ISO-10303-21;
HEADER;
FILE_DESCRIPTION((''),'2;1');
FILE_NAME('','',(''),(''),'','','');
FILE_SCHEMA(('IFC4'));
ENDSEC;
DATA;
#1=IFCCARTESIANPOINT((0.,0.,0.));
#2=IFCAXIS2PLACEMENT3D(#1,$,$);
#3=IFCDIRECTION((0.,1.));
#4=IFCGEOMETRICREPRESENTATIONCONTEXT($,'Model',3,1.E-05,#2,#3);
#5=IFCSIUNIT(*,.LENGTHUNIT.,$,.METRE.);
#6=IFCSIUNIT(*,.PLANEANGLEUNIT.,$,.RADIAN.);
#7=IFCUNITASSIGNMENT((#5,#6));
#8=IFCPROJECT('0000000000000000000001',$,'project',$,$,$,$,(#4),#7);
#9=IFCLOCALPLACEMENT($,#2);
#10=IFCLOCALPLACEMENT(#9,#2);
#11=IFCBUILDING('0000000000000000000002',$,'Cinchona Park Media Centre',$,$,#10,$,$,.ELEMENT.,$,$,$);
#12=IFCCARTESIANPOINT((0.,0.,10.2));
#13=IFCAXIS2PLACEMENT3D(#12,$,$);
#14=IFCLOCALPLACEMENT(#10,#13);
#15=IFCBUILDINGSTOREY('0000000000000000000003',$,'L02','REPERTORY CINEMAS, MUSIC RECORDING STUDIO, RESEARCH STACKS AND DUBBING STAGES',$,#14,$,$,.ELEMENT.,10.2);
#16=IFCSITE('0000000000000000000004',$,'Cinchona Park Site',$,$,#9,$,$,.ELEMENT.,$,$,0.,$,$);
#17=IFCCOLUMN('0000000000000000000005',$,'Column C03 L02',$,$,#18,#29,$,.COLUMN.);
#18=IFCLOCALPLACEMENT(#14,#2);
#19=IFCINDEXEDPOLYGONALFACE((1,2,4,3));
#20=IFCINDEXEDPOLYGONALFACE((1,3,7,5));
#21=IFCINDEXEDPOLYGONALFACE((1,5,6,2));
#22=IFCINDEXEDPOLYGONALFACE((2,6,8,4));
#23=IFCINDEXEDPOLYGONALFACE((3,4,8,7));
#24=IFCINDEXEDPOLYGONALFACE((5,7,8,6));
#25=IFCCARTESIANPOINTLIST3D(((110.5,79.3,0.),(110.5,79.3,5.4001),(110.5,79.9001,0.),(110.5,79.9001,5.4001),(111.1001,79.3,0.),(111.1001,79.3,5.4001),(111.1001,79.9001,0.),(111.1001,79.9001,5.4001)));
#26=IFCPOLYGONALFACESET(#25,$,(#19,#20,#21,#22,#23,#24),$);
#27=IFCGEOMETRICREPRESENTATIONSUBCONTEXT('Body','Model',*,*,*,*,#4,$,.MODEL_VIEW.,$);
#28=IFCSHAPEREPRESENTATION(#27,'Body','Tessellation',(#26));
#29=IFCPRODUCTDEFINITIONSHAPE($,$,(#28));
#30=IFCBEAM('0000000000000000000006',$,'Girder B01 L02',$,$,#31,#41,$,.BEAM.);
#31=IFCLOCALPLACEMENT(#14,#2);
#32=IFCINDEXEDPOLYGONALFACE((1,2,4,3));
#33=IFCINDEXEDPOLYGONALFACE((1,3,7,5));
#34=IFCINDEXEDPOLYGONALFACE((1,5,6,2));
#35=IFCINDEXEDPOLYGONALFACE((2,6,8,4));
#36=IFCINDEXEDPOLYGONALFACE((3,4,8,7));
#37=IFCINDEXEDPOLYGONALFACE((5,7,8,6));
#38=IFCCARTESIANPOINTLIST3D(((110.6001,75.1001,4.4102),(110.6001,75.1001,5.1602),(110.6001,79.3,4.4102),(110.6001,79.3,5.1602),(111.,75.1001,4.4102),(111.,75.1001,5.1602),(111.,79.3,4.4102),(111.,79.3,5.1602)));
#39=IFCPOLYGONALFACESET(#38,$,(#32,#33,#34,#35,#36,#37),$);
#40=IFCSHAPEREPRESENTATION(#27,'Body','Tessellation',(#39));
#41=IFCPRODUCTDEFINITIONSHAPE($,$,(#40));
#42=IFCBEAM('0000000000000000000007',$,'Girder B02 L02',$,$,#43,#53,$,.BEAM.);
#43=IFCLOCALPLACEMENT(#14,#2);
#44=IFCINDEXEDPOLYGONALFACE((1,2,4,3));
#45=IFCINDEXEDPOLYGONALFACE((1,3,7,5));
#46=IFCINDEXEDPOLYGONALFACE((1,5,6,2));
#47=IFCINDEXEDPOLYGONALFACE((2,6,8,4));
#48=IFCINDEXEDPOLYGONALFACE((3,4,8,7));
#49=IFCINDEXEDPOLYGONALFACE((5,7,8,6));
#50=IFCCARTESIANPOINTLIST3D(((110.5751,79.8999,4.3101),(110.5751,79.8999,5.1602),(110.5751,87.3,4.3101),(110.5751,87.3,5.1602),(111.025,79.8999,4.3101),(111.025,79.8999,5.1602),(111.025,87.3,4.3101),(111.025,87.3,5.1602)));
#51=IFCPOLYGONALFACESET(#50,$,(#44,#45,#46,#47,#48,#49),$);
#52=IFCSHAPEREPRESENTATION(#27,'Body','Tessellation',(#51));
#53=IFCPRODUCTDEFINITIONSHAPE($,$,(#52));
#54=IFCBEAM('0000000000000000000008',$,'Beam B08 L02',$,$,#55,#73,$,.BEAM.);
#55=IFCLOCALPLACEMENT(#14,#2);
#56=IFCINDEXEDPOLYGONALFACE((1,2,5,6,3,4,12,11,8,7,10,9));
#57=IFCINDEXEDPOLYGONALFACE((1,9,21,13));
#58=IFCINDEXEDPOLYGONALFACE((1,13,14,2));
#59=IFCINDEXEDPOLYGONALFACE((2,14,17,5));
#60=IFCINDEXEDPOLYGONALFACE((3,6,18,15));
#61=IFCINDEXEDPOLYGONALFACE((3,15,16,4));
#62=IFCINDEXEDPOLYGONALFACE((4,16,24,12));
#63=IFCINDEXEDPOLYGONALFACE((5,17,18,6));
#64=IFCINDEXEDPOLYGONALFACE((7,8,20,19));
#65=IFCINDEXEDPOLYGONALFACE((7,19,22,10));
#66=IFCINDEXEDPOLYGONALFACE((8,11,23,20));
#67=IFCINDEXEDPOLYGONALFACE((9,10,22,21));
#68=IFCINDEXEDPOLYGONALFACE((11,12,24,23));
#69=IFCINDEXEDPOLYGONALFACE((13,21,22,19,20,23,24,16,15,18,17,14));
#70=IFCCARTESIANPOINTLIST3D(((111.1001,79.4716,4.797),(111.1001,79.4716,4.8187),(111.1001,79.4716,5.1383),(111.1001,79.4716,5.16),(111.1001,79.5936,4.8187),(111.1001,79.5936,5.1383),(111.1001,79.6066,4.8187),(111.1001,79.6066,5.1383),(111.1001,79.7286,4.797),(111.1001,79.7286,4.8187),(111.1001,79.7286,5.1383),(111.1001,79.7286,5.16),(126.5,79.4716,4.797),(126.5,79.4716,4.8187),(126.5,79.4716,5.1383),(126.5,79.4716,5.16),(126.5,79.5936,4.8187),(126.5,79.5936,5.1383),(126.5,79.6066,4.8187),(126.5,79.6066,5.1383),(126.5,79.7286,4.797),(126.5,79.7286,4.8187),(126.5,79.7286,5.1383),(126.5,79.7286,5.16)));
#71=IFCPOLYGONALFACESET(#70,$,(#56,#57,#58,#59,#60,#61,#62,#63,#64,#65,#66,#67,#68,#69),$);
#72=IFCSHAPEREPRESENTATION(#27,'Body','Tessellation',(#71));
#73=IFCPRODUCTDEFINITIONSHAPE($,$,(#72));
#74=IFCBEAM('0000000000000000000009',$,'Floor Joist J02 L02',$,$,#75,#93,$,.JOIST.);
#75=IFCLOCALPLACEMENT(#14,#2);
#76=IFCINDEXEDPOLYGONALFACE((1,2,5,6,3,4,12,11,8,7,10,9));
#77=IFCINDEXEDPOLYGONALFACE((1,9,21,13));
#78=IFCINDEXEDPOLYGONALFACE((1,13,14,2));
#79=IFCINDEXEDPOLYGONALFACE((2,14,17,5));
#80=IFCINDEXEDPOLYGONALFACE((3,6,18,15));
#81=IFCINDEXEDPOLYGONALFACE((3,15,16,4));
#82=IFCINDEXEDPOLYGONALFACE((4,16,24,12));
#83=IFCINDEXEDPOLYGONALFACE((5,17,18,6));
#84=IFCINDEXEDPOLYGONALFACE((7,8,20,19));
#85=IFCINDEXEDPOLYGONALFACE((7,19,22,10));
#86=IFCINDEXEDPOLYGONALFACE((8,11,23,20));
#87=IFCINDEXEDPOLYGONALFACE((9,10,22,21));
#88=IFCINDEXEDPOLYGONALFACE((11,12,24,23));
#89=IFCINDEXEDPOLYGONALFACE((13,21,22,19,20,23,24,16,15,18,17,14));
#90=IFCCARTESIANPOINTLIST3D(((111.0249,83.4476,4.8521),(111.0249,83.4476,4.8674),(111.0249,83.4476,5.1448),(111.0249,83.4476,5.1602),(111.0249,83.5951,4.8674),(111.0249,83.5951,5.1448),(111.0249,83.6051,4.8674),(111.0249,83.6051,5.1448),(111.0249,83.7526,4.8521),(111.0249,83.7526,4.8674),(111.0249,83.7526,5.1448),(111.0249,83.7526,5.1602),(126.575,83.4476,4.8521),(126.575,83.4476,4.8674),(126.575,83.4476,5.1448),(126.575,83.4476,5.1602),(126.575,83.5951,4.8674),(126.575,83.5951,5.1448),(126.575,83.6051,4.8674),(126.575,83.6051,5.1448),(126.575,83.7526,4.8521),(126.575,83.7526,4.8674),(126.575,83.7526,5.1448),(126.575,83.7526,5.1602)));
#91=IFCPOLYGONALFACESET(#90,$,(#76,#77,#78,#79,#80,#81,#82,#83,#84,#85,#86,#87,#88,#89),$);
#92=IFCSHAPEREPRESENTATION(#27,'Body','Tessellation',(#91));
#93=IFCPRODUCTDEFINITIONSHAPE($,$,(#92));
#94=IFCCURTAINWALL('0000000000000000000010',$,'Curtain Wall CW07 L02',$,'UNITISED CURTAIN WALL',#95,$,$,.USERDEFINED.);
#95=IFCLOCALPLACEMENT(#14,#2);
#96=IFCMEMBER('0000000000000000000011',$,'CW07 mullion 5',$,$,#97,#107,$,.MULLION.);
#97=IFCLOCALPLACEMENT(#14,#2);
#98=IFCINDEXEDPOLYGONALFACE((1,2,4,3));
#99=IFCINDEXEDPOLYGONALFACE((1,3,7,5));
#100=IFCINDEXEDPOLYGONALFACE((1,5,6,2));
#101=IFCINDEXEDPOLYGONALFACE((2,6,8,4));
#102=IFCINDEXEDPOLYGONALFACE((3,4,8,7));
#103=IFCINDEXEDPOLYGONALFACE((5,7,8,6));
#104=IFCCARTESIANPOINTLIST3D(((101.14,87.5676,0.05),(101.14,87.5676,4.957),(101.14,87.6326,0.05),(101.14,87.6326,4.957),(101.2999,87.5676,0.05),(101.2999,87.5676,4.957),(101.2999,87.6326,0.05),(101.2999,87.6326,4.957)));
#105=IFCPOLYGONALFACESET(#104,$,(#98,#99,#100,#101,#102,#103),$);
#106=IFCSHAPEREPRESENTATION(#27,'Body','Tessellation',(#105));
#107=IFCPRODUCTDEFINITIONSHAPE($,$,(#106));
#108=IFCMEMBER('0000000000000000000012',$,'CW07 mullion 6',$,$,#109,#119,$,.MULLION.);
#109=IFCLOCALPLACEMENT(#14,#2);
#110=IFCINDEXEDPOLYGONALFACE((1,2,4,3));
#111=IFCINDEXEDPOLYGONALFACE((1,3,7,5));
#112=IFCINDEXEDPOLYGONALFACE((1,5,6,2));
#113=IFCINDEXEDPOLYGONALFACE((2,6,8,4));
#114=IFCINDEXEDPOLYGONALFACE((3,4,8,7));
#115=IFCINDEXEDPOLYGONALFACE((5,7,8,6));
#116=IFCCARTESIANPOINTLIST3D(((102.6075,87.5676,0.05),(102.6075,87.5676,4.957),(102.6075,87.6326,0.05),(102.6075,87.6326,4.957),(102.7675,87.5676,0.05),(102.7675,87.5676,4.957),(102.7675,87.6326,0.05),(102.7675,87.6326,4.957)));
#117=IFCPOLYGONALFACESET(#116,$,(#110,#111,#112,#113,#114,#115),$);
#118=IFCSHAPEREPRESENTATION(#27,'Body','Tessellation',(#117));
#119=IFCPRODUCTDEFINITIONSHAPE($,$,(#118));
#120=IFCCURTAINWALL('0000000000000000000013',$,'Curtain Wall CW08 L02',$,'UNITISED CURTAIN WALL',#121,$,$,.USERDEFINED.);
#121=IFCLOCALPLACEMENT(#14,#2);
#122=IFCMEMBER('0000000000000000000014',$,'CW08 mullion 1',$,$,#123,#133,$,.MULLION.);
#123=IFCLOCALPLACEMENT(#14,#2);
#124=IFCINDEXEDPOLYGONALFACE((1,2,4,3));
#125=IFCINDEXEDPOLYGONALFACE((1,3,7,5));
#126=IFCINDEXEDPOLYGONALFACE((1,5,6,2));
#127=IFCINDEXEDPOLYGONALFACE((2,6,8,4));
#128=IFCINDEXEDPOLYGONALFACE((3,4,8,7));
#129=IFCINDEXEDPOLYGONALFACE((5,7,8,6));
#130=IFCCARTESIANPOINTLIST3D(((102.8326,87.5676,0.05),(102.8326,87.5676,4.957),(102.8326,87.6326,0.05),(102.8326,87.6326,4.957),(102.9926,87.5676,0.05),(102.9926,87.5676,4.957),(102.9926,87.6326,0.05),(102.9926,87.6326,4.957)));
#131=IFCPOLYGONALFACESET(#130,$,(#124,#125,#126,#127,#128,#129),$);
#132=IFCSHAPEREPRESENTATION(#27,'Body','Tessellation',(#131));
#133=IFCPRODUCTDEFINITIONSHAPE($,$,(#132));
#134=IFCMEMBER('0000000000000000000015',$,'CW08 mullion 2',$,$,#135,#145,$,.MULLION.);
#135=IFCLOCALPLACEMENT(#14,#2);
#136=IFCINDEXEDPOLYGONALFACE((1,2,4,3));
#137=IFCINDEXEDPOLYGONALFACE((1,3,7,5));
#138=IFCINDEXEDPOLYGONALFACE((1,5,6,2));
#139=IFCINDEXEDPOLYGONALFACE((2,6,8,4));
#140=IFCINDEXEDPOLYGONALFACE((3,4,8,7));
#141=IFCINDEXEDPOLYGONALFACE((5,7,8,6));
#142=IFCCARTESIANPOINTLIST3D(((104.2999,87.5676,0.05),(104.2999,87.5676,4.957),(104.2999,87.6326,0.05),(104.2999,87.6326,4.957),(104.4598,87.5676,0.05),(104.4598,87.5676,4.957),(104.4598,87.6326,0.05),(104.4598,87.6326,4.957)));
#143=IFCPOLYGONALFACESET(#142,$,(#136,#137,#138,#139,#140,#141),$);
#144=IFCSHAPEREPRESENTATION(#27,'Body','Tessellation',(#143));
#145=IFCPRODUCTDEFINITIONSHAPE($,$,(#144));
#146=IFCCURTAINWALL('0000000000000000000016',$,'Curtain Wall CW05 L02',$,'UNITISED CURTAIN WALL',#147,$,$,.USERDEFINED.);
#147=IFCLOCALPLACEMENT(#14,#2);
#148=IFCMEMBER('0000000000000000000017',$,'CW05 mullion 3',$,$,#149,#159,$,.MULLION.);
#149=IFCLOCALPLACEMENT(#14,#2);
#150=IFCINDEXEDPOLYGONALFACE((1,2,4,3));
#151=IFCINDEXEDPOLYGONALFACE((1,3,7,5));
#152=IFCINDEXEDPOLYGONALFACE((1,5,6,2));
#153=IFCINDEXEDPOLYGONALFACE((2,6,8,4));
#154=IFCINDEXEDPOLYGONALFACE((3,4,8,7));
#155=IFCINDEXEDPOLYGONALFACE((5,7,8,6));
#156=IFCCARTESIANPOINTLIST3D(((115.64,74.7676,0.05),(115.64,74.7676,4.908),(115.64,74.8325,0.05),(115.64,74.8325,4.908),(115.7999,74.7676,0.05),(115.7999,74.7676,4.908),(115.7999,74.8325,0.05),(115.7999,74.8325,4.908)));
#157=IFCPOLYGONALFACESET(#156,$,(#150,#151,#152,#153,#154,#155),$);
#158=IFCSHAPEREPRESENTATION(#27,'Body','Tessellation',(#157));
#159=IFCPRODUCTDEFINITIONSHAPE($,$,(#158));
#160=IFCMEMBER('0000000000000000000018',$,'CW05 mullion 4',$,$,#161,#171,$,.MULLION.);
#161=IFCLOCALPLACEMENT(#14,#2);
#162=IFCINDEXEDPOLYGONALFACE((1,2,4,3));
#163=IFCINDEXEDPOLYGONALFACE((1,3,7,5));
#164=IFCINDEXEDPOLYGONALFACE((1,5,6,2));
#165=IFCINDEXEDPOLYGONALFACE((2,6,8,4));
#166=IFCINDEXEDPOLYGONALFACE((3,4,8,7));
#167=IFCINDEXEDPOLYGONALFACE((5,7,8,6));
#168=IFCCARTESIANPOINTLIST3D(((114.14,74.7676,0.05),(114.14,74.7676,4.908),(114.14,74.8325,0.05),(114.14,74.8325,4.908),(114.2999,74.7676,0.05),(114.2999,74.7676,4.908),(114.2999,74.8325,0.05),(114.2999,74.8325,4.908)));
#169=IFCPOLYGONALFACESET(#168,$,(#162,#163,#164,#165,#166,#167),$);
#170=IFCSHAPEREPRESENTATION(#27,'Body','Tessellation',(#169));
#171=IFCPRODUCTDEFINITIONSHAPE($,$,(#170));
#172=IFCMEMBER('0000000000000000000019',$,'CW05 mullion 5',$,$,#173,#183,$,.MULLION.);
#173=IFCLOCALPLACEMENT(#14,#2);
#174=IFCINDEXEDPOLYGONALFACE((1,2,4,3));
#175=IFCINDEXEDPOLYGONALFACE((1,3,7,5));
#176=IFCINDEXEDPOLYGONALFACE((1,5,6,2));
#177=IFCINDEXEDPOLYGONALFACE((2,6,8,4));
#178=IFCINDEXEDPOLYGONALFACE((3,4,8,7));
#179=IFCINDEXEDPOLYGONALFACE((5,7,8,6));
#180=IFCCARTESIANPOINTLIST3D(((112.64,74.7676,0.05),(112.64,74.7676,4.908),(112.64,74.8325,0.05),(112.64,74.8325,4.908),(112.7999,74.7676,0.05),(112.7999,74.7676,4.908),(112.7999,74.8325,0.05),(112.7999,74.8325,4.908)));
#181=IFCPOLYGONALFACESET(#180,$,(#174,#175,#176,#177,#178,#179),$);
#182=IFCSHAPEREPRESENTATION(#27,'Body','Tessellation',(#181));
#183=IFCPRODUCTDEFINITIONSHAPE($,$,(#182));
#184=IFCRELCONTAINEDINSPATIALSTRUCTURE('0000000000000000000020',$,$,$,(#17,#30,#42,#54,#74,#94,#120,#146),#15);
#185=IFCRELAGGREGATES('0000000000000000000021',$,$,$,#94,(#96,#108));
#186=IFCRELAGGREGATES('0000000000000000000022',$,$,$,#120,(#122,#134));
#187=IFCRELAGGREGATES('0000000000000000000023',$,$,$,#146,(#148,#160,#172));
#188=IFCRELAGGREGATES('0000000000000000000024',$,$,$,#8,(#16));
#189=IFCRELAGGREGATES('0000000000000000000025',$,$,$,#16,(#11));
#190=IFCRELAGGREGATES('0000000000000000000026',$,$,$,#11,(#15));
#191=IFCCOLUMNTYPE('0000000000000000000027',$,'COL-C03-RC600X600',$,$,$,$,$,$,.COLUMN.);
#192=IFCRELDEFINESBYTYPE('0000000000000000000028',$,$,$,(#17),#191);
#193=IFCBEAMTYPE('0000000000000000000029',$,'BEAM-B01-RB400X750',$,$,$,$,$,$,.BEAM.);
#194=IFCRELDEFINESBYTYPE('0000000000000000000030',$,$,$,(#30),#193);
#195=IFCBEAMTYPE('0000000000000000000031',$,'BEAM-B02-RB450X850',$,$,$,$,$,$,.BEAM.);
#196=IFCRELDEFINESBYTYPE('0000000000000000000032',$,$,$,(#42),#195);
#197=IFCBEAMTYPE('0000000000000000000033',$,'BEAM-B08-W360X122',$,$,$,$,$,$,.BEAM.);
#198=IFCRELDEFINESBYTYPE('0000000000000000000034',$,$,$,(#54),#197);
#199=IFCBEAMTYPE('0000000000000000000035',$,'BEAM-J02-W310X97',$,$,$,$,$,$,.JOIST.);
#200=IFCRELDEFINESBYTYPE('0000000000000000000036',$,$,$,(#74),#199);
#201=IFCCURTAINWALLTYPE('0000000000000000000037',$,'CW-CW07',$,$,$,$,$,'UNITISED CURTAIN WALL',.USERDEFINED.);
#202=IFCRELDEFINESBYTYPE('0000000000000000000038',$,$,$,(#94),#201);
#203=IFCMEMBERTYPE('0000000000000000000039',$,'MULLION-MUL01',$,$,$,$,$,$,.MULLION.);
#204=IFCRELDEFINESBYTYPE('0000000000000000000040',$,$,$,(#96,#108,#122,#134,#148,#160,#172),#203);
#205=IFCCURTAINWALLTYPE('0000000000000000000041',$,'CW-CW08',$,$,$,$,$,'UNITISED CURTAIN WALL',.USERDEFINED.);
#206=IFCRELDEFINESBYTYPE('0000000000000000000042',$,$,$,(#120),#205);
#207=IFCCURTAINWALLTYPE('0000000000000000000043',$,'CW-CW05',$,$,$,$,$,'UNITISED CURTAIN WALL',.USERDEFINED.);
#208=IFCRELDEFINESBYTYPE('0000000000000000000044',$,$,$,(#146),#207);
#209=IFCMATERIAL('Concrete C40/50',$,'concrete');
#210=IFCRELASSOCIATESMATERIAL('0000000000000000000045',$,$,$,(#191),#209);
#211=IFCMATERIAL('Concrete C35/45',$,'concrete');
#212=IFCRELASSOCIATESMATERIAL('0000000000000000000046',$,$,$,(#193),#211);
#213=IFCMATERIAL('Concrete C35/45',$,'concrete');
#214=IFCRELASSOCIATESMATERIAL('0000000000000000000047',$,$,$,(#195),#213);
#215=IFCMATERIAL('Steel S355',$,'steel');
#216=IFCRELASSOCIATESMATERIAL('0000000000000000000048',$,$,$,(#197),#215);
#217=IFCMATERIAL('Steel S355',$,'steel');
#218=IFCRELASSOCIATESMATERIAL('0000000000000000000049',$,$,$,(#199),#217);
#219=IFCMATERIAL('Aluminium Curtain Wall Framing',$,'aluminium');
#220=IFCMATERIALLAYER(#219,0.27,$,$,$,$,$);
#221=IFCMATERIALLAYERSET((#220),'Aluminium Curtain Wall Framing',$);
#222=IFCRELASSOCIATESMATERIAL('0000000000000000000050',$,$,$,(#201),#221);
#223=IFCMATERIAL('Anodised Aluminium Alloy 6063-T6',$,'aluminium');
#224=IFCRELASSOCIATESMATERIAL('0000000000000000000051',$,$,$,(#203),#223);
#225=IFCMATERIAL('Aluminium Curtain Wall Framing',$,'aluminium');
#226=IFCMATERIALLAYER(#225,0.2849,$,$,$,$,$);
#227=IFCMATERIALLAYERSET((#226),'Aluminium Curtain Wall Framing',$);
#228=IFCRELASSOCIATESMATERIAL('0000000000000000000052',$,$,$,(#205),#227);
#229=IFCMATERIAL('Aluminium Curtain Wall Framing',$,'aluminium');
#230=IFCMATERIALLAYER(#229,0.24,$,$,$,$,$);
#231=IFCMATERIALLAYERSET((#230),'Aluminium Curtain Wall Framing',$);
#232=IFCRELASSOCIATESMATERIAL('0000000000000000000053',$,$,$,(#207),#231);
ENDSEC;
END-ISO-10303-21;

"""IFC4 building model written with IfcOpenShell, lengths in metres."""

from ifc_helpers import new_model, si_unit, direction, frame, origin, origin_2d, place, context, subcontext, project, spatial, rectangle, i_section, extrude, material, layer, layer_set, material_profile, profile_set, type_object, element, aggregate, save


model = new_model("IFC4")

# Units and contexts
model_context = context("Model", 3, precision=1e-05, world=origin(), true_north=direction((0.0, 1.0)))
body_context = subcontext(model_context, "Body", "Model", "MODEL_VIEW")
ifc_project = project(units=[si_unit("LENGTHUNIT", "METRE"), si_unit("PLANEANGLEUNIT", "RADIAN")], contexts=[model_context])

# Site, building, storey
site_placement = place(None, origin())
site = spatial("IfcSite", under=ifc_project, at=site_placement, Name="Cinchona Park Site", CompositionType="ELEMENT", RefElevation=0.0)
building_placement = place(site_placement, origin())
building = spatial("IfcBuilding", under=site, at=building_placement, Name="Cinchona Park Media Centre", CompositionType="ELEMENT")
storey_placement = place(building_placement, frame((0.0, 0.0, 10.2)))
storey = spatial("IfcBuildingStorey", under=building, at=storey_placement, Name="L02", Description="REPERTORY CINEMAS, MUSIC RECORDING STUDIO, RESEARCH STACKS AND DUBBING STAGES", CompositionType="ELEMENT", Elevation=10.2)

# Column
ifc_material_1 = material(Name="Concrete C40/50", Category="concrete")
ifc_material_profile_1 = material_profile(ifc_material_1, rectangle(XDim=0.6001, YDim=0.6001, at=origin_2d()), Name="RC 600X600")
ifc_profile_set_1 = profile_set([ifc_material_profile_1], Name="Concrete C40/50")
column_type = type_object("IfcColumnType", Name="COL-C03-RC600X600", PredefinedType="COLUMN", material=ifc_profile_set_1)
column_placement = place(storey_placement, frame((110.8, 79.6001, 0.0), z_axis=(0.0, 0.0, 1.0), x_axis=(1.0, 0.0, 0.0)))
element("IfcColumn", 1, at=column_placement, inside=storey, type_object=column_type, Name="Column C03 L02", PredefinedType="COLUMN", context=body_context, shape_type="SweptSolid", body=[
    extrude(rectangle(XDim=0.6001, YDim=0.6001, at=origin_2d()), origin(), (0.0, 0.0, 1.0), 5.4001),
])

# Beams
ifc_material_2 = material(Name="Concrete C35/45", Category="concrete")
ifc_material_profile_2 = material_profile(ifc_material_2, rectangle(XDim=0.3999, YDim=0.75, at=origin_2d()), Name="RB 400X750")
ifc_profile_set_2 = profile_set([ifc_material_profile_2], Name="Concrete C35/45")
beam_type_1 = type_object("IfcBeamType", Name="BEAM-B01-RB400X750", PredefinedType="BEAM", material=ifc_profile_set_2)
beam_1_placement = place(storey_placement, frame((110.8, 75.1001, 4.7852), z_axis=(0.0, 1.0, 0.0), x_axis=(-1.0, 0.0, 0.0)))
element("IfcBeam", 2, at=beam_1_placement, inside=storey, type_object=beam_type_1, Name="Girder B01 L02", PredefinedType="BEAM", context=body_context, shape_type="SweptSolid", body=[
    extrude(rectangle(XDim=0.3999, YDim=0.75, at=origin_2d()), origin(), (0.0, 0.0, 1.0), 4.2),
])
ifc_material_3 = material(Name="Concrete C35/45", Category="concrete")
ifc_material_profile_3 = material_profile(ifc_material_3, rectangle(XDim=0.45, YDim=0.8501, at=origin_2d()), Name="RB 450X850")
ifc_profile_set_3 = profile_set([ifc_material_profile_3], Name="Concrete C35/45")
beam_type_2 = type_object("IfcBeamType", Name="BEAM-B02-RB450X850", PredefinedType="BEAM", material=ifc_profile_set_3)
beam_2_placement = place(storey_placement, frame((110.8, 79.8999, 4.7351), z_axis=(0.0, 1.0, 0.0), x_axis=(-1.0, 0.0, 0.0)))
element("IfcBeam", 3, at=beam_2_placement, inside=storey, type_object=beam_type_2, Name="Girder B02 L02", PredefinedType="BEAM", context=body_context, shape_type="SweptSolid", body=[
    extrude(rectangle(XDim=0.45, YDim=0.8501, at=origin_2d()), origin(), (0.0, 0.0, 1.0), 7.4001),
])
ifc_material_4 = material(Name="Steel S355", Category="steel")
ifc_material_profile_4 = material_profile(ifc_material_4, i_section(OverallWidth=0.2571, OverallDepth=0.363, WebThickness=0.0129, FlangeThickness=0.0217, at=origin_2d()), Name="W360X122")
ifc_profile_set_4 = profile_set([ifc_material_profile_4], Name="Steel S355")
beam_type_3 = type_object("IfcBeamType", Name="BEAM-B08-W360X122", PredefinedType="BEAM", material=ifc_profile_set_4)
beam_3_placement = place(storey_placement, frame((111.1001, 79.6001, 4.9785), z_axis=(1.0, 0.0, 0.0), x_axis=(0.0, 1.0, 0.0)))
element("IfcBeam", 4, at=beam_3_placement, inside=storey, type_object=beam_type_3, Name="Beam B08 L02", PredefinedType="BEAM", context=body_context, shape_type="SweptSolid", body=[
    extrude(i_section(OverallWidth=0.2571, OverallDepth=0.363, WebThickness=0.0129, FlangeThickness=0.0217, at=origin_2d()), origin(), (0.0, 0.0, 1.0), 15.3999),
])
ifc_material_5 = material(Name="Steel S355", Category="steel")
ifc_material_profile_5 = material_profile(ifc_material_5, i_section(OverallWidth=0.3049, OverallDepth=0.3081, WebThickness=0.01, FlangeThickness=0.0154, at=origin_2d()), Name="W310X97")
ifc_profile_set_5 = profile_set([ifc_material_profile_5], Name="Steel S355")
beam_type_4 = type_object("IfcBeamType", Name="BEAM-J02-W310X97", PredefinedType="JOIST", material=ifc_profile_set_5)
beam_4_placement = place(storey_placement, frame((111.0249, 83.6001, 5.0061), z_axis=(1.0, 0.0, 0.0), x_axis=(0.0, 1.0, 0.0)))
element("IfcBeam", 5, at=beam_4_placement, inside=storey, type_object=beam_type_4, Name="Floor Joist J02 L02", PredefinedType="JOIST", context=body_context, shape_type="SweptSolid", body=[
    extrude(i_section(OverallWidth=0.3049, OverallDepth=0.3081, WebThickness=0.01, FlangeThickness=0.0154, at=origin_2d()), origin(), (0.0, 0.0, 1.0), 15.55),
])

# Curtain walls, members
ifc_material_6 = material(Name="Aluminium Curtain Wall Framing", Category="aluminium")
ifc_layer_1 = layer(ifc_material_6, 0.27)
ifc_layer_set_1 = layer_set([ifc_layer_1], Name="Aluminium Curtain Wall Framing")
curtain_wall_type_1 = type_object("IfcCurtainWallType", Name="CW-CW07", ElementType="UNITISED CURTAIN WALL", PredefinedType="USERDEFINED", material=ifc_layer_set_1)
curtain_wall_1_placement = place(storey_placement, origin())
curtain_wall_1 = element("IfcCurtainWall", 6, at=curtain_wall_1_placement, inside=storey, type_object=curtain_wall_type_1, Name="Curtain Wall CW07 L02", ObjectType="UNITISED CURTAIN WALL", PredefinedType="USERDEFINED")
ifc_material_7 = material(Name="Anodised Aluminium Alloy 6063-T6", Category="aluminium")
ifc_material_profile_6 = material_profile(ifc_material_7, rectangle(XDim=0.0649, YDim=0.1599, at=origin_2d()), Name="MUL-65X160")
ifc_profile_set_6 = profile_set([ifc_material_profile_6], Name="Anodised Aluminium Alloy 6063-T6")
member_type_1 = type_object("IfcMemberType", Name="MULLION-MUL01", PredefinedType="MULLION", material=ifc_profile_set_6)
member_1_placement = place(storey_placement, frame((101.22, 87.6001, 0.05), z_axis=(0.0, 0.0, 1.0), x_axis=(0.0, 1.0, 0.0)))
member_1 = element("IfcMember", 7, at=member_1_placement, type_object=member_type_1, Name="CW07 mullion 5", PredefinedType="MULLION", context=body_context, shape_type="SweptSolid", body=[
    extrude(rectangle(XDim=0.0649, YDim=0.1599, at=origin_2d()), origin(), (0.0, 0.0, 1.0), 4.907),
])
member_2_placement = place(storey_placement, frame((102.6875, 87.6001, 0.05), z_axis=(0.0, 0.0, 1.0), x_axis=(0.0, 1.0, 0.0)))
member_2 = element("IfcMember", 8, at=member_2_placement, type_object=member_type_1, Name="CW07 mullion 6", PredefinedType="MULLION", context=body_context, shape_type="SweptSolid", body=[
    extrude(rectangle(XDim=0.0649, YDim=0.1599, at=origin_2d()), origin(), (0.0, 0.0, 1.0), 4.907),
])
ifc_material_8 = material(Name="Aluminium Curtain Wall Framing", Category="aluminium")
ifc_layer_2 = layer(ifc_material_8, 0.2849)
ifc_layer_set_2 = layer_set([ifc_layer_2], Name="Aluminium Curtain Wall Framing")
curtain_wall_type_2 = type_object("IfcCurtainWallType", Name="CW-CW08", ElementType="UNITISED CURTAIN WALL", PredefinedType="USERDEFINED", material=ifc_layer_set_2)
curtain_wall_2_placement = place(storey_placement, origin())
curtain_wall_2 = element("IfcCurtainWall", 9, at=curtain_wall_2_placement, inside=storey, type_object=curtain_wall_type_2, Name="Curtain Wall CW08 L02", ObjectType="UNITISED CURTAIN WALL", PredefinedType="USERDEFINED")
member_3_placement = place(storey_placement, frame((102.9126, 87.6001, 0.05), z_axis=(0.0, 0.0, 1.0), x_axis=(0.0, 1.0, 0.0)))
member_3 = element("IfcMember", 10, at=member_3_placement, type_object=member_type_1, Name="CW08 mullion 1", PredefinedType="MULLION", context=body_context, shape_type="SweptSolid", body=[
    extrude(rectangle(XDim=0.0649, YDim=0.1599, at=origin_2d()), origin(), (0.0, 0.0, 1.0), 4.907),
])
member_4_placement = place(storey_placement, frame((104.3799, 87.6001, 0.05), z_axis=(0.0, 0.0, 1.0), x_axis=(0.0, 1.0, 0.0)))
member_4 = element("IfcMember", 11, at=member_4_placement, type_object=member_type_1, Name="CW08 mullion 2", PredefinedType="MULLION", context=body_context, shape_type="SweptSolid", body=[
    extrude(rectangle(XDim=0.0649, YDim=0.1599, at=origin_2d()), origin(), (0.0, 0.0, 1.0), 4.907),
])
ifc_material_9 = material(Name="Aluminium Curtain Wall Framing", Category="aluminium")
ifc_layer_3 = layer(ifc_material_9, 0.24)
ifc_layer_set_3 = layer_set([ifc_layer_3], Name="Aluminium Curtain Wall Framing")
curtain_wall_type_3 = type_object("IfcCurtainWallType", Name="CW-CW05", ElementType="UNITISED CURTAIN WALL", PredefinedType="USERDEFINED", material=ifc_layer_set_3)
curtain_wall_3_placement = place(storey_placement, origin())
curtain_wall_3 = element("IfcCurtainWall", 12, at=curtain_wall_3_placement, inside=storey, type_object=curtain_wall_type_3, Name="Curtain Wall CW05 L02", ObjectType="UNITISED CURTAIN WALL", PredefinedType="USERDEFINED")
member_5_placement = place(storey_placement, frame((115.72, 74.8, 0.05), z_axis=(0.0, 0.0, 1.0), x_axis=(0.0, -1.0, 0.0)))
member_5 = element("IfcMember", 13, at=member_5_placement, type_object=member_type_1, Name="CW05 mullion 3", PredefinedType="MULLION", context=body_context, shape_type="SweptSolid", body=[
    extrude(rectangle(XDim=0.0649, YDim=0.1599, at=origin_2d()), origin(), (0.0, 0.0, 1.0), 4.8579),
])
member_6_placement = place(storey_placement, frame((114.22, 74.8, 0.05), z_axis=(0.0, 0.0, 1.0), x_axis=(0.0, -1.0, 0.0)))
member_6 = element("IfcMember", 14, at=member_6_placement, type_object=member_type_1, Name="CW05 mullion 4", PredefinedType="MULLION", context=body_context, shape_type="SweptSolid", body=[
    extrude(rectangle(XDim=0.0649, YDim=0.1599, at=origin_2d()), origin(), (0.0, 0.0, 1.0), 4.8579),
])
member_7_placement = place(storey_placement, frame((112.72, 74.8, 0.05), z_axis=(0.0, 0.0, 1.0), x_axis=(0.0, -1.0, 0.0)))
member_7 = element("IfcMember", 15, at=member_7_placement, type_object=member_type_1, Name="CW05 mullion 5", PredefinedType="MULLION", context=body_context, shape_type="SweptSolid", body=[
    extrude(rectangle(XDim=0.0649, YDim=0.1599, at=origin_2d()), origin(), (0.0, 0.0, 1.0), 4.8579),
])

aggregate(curtain_wall_1, [member_1, member_2])
aggregate(curtain_wall_2, [member_3, member_4])
aggregate(curtain_wall_3, [member_5, member_6, member_7])

save(model, "model.ifc")
